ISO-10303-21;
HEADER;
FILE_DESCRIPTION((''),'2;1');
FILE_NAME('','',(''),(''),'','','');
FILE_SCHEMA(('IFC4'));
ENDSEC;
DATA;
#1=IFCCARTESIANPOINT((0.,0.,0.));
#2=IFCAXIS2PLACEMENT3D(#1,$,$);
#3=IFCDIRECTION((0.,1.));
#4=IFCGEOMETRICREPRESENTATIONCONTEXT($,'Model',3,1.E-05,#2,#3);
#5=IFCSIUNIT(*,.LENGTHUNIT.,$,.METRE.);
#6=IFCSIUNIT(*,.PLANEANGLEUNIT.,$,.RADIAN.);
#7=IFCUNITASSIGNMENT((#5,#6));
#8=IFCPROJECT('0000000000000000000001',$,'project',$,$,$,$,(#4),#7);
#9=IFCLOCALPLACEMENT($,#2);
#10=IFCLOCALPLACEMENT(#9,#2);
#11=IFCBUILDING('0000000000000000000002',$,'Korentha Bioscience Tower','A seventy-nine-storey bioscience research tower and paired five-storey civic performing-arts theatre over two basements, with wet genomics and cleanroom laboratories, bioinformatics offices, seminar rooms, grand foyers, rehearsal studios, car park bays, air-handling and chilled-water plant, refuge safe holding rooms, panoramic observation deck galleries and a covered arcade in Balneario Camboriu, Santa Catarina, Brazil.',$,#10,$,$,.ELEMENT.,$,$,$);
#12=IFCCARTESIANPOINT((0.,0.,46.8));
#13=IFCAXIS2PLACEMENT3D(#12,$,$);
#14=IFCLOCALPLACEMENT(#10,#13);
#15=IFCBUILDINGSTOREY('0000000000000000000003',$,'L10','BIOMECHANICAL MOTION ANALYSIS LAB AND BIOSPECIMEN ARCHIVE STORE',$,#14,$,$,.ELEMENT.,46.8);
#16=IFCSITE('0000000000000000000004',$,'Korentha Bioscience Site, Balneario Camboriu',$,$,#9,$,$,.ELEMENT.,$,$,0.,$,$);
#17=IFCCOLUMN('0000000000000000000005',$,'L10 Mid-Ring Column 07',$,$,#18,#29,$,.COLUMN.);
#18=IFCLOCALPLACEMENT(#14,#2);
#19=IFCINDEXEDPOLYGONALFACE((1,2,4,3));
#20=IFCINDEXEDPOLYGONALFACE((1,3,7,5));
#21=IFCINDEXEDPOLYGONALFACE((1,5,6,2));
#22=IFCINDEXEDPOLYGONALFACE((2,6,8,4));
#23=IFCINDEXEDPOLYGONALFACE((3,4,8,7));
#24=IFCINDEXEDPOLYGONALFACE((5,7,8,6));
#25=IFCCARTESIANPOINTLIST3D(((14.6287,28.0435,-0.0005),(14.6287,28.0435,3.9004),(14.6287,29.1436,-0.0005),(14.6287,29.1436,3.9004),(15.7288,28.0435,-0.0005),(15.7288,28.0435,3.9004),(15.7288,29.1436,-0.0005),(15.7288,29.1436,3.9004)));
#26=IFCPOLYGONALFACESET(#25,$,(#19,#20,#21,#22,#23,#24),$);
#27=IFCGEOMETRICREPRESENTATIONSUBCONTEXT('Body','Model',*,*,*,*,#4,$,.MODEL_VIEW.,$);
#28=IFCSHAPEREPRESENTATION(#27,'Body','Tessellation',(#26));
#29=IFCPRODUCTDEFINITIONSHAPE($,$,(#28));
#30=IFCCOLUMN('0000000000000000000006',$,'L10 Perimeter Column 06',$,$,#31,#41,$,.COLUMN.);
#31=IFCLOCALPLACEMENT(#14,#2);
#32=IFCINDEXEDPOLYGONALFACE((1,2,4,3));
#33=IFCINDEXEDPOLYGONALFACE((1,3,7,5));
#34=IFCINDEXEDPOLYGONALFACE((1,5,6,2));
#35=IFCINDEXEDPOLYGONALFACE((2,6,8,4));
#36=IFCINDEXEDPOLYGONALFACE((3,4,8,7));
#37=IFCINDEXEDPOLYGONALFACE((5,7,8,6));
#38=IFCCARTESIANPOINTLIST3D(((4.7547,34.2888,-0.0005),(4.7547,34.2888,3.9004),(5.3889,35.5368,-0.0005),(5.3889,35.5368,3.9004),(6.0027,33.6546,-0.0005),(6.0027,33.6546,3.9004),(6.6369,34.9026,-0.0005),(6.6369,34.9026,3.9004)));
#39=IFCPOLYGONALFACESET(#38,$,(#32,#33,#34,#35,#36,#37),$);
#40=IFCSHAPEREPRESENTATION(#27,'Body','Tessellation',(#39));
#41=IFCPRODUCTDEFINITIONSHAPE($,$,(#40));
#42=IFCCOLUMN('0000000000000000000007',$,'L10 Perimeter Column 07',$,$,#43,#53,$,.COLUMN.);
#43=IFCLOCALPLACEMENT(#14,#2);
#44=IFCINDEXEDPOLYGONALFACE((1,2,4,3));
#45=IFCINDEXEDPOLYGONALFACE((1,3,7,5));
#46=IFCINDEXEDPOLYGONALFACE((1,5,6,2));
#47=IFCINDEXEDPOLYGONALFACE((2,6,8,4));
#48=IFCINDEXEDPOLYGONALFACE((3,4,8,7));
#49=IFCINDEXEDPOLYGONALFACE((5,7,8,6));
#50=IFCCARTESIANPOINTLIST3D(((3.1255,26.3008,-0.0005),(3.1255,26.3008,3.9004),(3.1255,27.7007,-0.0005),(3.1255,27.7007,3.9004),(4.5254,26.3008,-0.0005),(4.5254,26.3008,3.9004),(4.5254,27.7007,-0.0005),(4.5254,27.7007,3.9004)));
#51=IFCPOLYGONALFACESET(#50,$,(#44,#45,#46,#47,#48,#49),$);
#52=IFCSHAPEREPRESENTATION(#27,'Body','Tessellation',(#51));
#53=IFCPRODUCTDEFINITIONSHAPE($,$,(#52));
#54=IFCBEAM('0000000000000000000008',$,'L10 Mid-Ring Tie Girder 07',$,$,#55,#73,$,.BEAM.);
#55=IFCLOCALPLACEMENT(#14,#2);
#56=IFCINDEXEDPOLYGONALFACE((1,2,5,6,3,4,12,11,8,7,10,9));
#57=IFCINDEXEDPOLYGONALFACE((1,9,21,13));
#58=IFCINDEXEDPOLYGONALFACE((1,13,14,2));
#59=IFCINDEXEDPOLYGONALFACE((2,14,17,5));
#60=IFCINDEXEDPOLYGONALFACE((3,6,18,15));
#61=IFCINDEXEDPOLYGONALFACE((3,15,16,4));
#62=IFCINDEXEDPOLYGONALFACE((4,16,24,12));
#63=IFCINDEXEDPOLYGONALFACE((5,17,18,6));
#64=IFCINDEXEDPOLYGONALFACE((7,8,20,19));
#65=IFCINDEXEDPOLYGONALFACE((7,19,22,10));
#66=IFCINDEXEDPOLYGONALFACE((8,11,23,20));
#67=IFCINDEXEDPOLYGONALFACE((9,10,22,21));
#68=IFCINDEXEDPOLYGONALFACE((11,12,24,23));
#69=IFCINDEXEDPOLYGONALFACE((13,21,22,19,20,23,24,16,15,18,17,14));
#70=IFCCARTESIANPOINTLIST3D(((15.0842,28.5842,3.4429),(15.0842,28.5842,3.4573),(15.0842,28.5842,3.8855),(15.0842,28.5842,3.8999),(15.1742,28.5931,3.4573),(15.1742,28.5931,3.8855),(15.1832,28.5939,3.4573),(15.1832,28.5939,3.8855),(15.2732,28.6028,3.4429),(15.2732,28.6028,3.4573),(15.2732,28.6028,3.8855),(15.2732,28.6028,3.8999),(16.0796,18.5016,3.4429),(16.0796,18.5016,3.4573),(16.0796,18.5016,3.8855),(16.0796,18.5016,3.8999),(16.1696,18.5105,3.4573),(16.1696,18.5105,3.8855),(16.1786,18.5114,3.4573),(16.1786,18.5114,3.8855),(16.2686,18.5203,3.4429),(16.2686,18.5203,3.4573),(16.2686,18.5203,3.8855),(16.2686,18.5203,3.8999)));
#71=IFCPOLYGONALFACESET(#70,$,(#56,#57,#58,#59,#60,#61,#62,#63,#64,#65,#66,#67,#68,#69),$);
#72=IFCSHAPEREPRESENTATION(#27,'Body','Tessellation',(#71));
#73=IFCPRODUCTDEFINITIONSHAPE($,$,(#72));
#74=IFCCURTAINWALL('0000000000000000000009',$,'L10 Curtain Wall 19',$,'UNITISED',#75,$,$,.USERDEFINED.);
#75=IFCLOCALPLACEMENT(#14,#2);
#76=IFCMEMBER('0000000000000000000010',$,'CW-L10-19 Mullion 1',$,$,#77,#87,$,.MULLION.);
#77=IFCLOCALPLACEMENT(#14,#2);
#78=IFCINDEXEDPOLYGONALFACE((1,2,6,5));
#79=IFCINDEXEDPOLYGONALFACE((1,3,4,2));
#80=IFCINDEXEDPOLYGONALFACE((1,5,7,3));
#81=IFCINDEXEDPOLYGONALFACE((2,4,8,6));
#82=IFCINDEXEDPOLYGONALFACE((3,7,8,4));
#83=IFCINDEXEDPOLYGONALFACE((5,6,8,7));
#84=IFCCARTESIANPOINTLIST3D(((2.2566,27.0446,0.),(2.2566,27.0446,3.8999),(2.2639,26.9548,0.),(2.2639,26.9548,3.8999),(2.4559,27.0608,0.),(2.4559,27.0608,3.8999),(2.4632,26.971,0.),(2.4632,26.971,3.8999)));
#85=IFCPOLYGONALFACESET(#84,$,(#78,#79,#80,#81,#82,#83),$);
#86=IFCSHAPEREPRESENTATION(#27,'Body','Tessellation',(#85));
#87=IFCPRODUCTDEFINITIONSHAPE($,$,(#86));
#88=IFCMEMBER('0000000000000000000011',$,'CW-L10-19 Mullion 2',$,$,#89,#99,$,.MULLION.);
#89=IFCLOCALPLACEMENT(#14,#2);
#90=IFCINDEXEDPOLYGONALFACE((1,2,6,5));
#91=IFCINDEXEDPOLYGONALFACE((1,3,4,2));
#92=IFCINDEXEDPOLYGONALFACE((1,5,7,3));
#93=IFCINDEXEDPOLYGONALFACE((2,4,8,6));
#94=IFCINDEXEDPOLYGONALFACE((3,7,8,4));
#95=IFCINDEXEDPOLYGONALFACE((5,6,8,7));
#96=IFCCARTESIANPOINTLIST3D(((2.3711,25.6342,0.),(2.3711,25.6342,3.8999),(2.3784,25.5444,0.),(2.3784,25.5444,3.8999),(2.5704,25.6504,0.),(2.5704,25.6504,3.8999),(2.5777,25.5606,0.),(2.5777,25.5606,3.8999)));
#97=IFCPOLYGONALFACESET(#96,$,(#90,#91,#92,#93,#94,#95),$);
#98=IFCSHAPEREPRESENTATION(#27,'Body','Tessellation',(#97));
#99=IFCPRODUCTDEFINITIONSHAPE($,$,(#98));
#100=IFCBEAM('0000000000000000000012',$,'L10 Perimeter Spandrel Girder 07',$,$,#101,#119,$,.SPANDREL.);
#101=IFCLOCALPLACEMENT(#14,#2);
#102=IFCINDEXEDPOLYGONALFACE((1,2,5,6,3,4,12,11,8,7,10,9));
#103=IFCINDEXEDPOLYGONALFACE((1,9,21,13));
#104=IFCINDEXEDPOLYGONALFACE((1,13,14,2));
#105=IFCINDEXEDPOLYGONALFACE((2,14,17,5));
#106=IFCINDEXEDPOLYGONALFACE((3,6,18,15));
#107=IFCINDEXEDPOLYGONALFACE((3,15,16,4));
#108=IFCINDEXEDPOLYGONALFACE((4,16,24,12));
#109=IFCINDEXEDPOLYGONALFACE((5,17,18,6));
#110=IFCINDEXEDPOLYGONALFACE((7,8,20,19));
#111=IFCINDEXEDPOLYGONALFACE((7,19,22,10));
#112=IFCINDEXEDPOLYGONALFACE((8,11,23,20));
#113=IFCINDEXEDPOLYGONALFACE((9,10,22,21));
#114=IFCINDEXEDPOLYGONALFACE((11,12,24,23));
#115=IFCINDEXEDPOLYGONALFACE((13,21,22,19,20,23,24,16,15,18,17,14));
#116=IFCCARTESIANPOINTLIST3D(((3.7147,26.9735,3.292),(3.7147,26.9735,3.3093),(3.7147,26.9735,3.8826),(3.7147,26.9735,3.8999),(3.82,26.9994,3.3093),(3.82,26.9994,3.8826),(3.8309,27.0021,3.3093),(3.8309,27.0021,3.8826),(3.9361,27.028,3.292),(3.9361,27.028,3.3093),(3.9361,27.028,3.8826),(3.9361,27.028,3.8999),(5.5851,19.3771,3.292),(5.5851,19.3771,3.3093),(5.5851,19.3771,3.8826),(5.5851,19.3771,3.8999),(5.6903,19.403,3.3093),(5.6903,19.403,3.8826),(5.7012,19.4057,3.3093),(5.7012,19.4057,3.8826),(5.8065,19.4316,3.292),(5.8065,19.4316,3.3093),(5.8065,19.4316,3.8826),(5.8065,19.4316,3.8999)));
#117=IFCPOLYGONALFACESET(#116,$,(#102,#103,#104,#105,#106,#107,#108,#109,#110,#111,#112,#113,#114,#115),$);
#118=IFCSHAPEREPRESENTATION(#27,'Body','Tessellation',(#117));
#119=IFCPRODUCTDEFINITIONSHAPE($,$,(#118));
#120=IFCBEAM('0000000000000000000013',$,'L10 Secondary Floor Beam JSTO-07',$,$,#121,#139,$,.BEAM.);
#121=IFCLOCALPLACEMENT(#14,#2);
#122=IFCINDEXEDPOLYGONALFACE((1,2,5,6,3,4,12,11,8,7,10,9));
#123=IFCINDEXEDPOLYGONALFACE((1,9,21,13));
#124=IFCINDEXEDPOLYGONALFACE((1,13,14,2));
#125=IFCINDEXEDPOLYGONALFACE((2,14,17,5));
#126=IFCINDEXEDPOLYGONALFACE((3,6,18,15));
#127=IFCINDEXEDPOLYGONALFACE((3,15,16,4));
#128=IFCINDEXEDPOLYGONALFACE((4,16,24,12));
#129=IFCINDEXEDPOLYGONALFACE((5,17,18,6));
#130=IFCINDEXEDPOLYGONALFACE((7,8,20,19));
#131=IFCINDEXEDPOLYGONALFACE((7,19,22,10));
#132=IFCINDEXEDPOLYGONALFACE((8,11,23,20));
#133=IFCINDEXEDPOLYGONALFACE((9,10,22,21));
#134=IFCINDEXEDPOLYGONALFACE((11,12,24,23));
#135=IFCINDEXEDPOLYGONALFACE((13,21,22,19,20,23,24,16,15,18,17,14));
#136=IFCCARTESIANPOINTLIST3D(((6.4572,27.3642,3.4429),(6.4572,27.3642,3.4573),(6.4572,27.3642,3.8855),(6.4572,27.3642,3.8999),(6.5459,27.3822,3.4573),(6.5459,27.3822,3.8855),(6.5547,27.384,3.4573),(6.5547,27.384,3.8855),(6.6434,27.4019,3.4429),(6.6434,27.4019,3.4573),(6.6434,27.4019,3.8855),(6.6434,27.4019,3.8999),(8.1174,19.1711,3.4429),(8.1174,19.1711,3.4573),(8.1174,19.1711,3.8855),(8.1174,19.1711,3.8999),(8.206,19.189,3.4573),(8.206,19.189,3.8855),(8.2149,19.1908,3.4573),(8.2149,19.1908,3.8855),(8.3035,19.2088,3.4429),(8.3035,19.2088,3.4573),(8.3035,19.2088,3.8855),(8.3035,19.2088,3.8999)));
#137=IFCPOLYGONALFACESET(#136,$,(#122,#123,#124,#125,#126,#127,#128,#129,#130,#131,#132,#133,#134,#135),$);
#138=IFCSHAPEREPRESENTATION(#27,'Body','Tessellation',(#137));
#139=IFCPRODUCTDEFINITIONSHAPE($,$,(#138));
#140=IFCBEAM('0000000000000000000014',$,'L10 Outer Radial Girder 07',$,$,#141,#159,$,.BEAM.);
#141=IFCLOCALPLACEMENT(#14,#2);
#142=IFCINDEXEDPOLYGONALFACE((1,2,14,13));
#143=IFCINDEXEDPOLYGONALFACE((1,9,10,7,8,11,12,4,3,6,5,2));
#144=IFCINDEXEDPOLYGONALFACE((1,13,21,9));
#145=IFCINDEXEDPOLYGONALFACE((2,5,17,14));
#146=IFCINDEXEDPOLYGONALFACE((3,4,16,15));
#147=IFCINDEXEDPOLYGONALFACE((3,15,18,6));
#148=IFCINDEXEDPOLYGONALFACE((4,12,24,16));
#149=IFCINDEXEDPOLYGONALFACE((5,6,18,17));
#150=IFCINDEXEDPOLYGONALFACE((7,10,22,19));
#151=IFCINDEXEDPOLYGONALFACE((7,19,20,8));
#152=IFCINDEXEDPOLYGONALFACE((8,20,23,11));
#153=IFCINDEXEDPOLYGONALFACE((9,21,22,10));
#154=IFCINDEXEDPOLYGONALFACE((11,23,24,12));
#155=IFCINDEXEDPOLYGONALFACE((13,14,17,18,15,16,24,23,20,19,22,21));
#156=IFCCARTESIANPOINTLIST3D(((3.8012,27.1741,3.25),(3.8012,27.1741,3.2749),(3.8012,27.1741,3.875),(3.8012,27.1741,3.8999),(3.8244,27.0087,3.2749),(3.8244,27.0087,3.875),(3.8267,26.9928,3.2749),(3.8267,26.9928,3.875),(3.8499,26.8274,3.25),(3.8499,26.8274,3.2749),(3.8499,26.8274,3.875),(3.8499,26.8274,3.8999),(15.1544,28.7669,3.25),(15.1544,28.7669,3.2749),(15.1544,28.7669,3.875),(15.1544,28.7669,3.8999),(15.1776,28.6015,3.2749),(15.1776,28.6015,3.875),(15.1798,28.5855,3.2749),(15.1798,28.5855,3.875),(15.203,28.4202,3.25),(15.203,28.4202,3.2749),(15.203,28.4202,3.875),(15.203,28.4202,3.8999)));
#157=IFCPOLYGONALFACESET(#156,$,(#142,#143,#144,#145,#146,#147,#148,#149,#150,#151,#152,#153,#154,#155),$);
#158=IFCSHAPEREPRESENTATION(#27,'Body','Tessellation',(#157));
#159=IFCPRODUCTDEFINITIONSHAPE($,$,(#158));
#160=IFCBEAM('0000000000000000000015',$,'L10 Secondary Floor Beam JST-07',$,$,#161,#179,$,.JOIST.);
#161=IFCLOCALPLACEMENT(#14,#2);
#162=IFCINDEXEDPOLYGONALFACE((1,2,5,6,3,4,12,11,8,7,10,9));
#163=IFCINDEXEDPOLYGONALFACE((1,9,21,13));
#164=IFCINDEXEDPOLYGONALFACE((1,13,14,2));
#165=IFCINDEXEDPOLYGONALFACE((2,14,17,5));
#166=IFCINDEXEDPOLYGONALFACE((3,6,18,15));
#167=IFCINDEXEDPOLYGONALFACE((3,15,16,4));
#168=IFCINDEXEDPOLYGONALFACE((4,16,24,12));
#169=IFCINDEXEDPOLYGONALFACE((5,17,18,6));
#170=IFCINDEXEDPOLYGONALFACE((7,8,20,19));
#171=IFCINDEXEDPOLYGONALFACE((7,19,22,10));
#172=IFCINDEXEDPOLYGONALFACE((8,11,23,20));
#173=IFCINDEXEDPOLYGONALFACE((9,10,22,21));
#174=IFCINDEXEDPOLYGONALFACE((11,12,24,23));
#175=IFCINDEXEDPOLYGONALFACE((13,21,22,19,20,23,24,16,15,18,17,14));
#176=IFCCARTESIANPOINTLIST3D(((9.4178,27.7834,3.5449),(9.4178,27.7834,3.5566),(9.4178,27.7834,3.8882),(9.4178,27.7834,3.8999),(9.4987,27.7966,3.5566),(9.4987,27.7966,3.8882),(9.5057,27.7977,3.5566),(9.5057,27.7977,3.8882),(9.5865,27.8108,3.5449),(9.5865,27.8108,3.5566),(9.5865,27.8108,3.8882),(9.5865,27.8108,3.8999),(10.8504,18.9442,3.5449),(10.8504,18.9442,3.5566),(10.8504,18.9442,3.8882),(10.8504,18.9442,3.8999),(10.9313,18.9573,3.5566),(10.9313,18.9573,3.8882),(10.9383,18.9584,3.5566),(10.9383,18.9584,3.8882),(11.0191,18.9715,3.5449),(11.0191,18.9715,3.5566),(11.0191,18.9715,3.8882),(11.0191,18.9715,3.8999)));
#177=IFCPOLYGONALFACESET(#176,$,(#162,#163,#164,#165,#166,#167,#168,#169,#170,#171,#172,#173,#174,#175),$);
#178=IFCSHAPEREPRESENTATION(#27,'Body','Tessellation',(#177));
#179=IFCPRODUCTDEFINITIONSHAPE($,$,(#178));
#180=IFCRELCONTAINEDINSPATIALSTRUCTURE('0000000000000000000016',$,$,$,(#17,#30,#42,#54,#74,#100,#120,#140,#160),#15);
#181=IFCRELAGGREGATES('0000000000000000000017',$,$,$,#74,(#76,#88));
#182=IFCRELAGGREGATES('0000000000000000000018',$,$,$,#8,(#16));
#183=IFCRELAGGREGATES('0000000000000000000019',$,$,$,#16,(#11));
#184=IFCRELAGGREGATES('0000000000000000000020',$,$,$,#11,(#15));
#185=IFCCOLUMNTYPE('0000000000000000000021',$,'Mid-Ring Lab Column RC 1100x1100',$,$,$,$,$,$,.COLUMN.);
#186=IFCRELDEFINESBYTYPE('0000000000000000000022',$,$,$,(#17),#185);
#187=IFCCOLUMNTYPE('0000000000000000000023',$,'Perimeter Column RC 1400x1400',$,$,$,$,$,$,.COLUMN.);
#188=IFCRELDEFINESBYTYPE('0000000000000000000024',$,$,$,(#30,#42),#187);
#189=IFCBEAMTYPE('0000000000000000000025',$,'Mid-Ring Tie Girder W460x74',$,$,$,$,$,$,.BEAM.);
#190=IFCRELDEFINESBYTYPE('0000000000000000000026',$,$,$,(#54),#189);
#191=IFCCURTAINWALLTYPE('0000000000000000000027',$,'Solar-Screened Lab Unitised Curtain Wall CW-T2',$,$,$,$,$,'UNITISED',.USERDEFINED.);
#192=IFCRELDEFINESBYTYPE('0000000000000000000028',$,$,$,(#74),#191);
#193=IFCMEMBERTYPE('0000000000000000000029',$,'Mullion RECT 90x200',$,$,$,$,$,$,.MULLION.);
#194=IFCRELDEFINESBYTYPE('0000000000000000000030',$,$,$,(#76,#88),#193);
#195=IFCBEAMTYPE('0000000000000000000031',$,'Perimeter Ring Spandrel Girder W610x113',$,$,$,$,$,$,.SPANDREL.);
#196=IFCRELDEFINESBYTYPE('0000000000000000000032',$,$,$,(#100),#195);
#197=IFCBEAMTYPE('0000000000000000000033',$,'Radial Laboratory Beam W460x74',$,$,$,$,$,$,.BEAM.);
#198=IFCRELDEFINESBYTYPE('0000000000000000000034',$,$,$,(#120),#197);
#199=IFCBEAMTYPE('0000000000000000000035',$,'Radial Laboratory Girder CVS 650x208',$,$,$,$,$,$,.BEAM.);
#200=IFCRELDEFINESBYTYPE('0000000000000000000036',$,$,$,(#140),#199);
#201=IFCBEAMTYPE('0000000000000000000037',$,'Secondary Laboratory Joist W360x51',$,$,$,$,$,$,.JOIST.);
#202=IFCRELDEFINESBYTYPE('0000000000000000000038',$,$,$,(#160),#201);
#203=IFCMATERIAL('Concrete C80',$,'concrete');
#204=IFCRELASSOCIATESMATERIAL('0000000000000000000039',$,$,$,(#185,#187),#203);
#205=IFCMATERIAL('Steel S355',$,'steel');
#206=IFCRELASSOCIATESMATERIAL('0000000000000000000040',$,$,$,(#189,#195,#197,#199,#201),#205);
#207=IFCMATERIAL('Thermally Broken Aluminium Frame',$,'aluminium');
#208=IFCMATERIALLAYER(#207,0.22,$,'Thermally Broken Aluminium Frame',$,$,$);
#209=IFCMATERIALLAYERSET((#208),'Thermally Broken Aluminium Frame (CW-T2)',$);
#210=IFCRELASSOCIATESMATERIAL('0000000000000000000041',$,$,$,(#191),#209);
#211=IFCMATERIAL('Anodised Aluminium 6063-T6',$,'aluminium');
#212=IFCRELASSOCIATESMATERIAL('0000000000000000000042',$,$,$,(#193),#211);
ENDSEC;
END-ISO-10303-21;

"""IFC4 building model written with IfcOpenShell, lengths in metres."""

from ifc_helpers import new_model, si_unit, direction, frame, origin, origin_2d, place, context, subcontext, project, spatial, rectangle, i_section, extrude, material, layer, layer_set, material_profile, profile_set, type_object, element, aggregate, save


model = new_model("IFC4")

# Units and contexts
model_context = context("Model", 3, precision=1e-05, world=origin(), true_north=direction((0.0, 1.0)))
body_context = subcontext(model_context, "Body", "Model", "MODEL_VIEW")
ifc_project = project(units=[si_unit("LENGTHUNIT", "METRE"), si_unit("PLANEANGLEUNIT", "RADIAN")], contexts=[model_context])

# Site, building, storey
site_placement = place(None, origin())
site = spatial("IfcSite", under=ifc_project, at=site_placement, Name="Korentha Bioscience Site, Balneario Camboriu", CompositionType="ELEMENT", RefElevation=0.0)
building_placement = place(site_placement, origin())
building = spatial("IfcBuilding", under=site, at=building_placement, Name="Korentha Bioscience Tower", Description="A seventy-nine-storey bioscience research tower and paired five-storey civic performing-arts theatre over two basements, with wet genomics and cleanroom laboratories, bioinformatics offices, seminar rooms, grand foyers, rehearsal studios, car park bays, air-handling and chilled-water plant, refuge safe holding rooms, panoramic observation deck galleries and a covered arcade in Balneario Camboriu, Santa Catarina, Brazil.", CompositionType="ELEMENT")
storey_placement = place(building_placement, frame((0.0, 0.0, 46.8)))
storey = spatial("IfcBuildingStorey", under=building, at=storey_placement, Name="L10", Description="BIOMECHANICAL MOTION ANALYSIS LAB AND BIOSPECIMEN ARCHIVE STORE", CompositionType="ELEMENT", Elevation=46.8)

# Columns
ifc_material_1 = material(Name="Concrete C80", Category="concrete")
ifc_material_profile_1 = material_profile(ifc_material_1, rectangle(XDim=1.1001, YDim=1.1001, at=origin_2d()), Name="Concrete C80")
ifc_profile_set_1 = profile_set([ifc_material_profile_1], Name="Concrete C80 (COL-MR11)")
column_type_1 = type_object("IfcColumnType", Name="Mid-Ring Lab Column RC 1100x1100", PredefinedType="COLUMN", material=ifc_profile_set_1)
column_placement = place(storey_placement, frame((15.1787, 28.5935, -0.0005), z_axis=(0.0, 0.0, 1.0), x_axis=(1.0, 0.0, 0.0)))
element("IfcColumn", 1, at=column_placement, inside=storey, type_object=column_type_1, Name="L10 Mid-Ring Column 07", PredefinedType="COLUMN", context=body_context, shape_type="SweptSolid", body=[
    extrude(rectangle(XDim=1.1001, YDim=1.1001, at=origin_2d()), origin(), (0.0, 0.0, 1.0), 3.9009),
])
ifc_material_profile_2 = material_profile(ifc_material_1, rectangle(XDim=1.3999, YDim=1.3999, at=origin_2d()), Name="Concrete C80")
ifc_profile_set_2 = profile_set([ifc_material_profile_2], Name="Concrete C80 (COL-P14)")
column_type_2 = type_object("IfcColumnType", Name="Perimeter Column RC 1400x1400", PredefinedType="COLUMN", material=ifc_profile_set_2)
for number, where, z_axis, x_axis, name in (
    (2, (5.6958, 34.5957, -0.0005), (0.0, 0.0, 1.0), (0.453057, 0.891481, 0.0), "L10 Perimeter Column 06"),
    (3, (3.8254, 27.0007, -0.0005), (0.0, 0.0, 1.0), (0.0, 1.0, 0.0), "L10 Perimeter Column 07"),
):
    element("IfcColumn", number, at=place(storey_placement, frame(where, z_axis=z_axis, x_axis=x_axis)), inside=storey, type_object=column_type_2, Name=name, PredefinedType="COLUMN", context=body_context, shape_type="SweptSolid", body=[
        extrude(rectangle(XDim=1.3999, YDim=1.3999, at=origin_2d()), origin(), (0.0, 0.0, 1.0), 3.9009),
    ])

# Beam
ifc_material_2 = material(Name="Steel S355", Category="steel")
ifc_material_profile_3 = material_profile(ifc_material_2, i_section(OverallWidth=0.1899, OverallDepth=0.457, WebThickness=0.009, FlangeThickness=0.0144, at=origin_2d()), Name="Steel S355")
ifc_profile_set_3 = profile_set([ifc_material_profile_3], Name="Steel S355 (MB-460)")
beam_type_1 = type_object("IfcBeamType", Name="Mid-Ring Tie Girder W460x74", PredefinedType="BEAM", material=ifc_profile_set_3)
beam_1_placement = place(storey_placement, frame((15.1787, 28.5935, 3.6714), z_axis=(0.098244, -0.995162, 0.0), x_axis=(0.995162, 0.098244, 0.0)))
element("IfcBeam", 4, at=beam_1_placement, inside=storey, type_object=beam_type_1, Name="L10 Mid-Ring Tie Girder 07", PredefinedType="BEAM", context=body_context, shape_type="SweptSolid", body=[
    extrude(i_section(OverallWidth=0.1899, OverallDepth=0.457, WebThickness=0.009, FlangeThickness=0.0144, at=origin_2d()), origin(), (0.0, 0.0, 1.0), 10.1316),
])

# Curtain wall, members
ifc_material_3 = material(Name="Thermally Broken Aluminium Frame", Category="aluminium")
ifc_layer_1 = layer(ifc_material_3, 0.22, Name="Thermally Broken Aluminium Frame")
ifc_layer_set_1 = layer_set([ifc_layer_1], Name="Thermally Broken Aluminium Frame (CW-T2)")
curtain_wall_type = type_object("IfcCurtainWallType", Name="Solar-Screened Lab Unitised Curtain Wall CW-T2", ElementType="UNITISED", PredefinedType="USERDEFINED", material=ifc_layer_set_1)
curtain_wall_placement = place(storey_placement, origin())
curtain_wall = element("IfcCurtainWall", 5, at=curtain_wall_placement, inside=storey, type_object=curtain_wall_type, Name="L10 Curtain Wall 19", ObjectType="UNITISED", PredefinedType="USERDEFINED")
ifc_material_4 = material(Name="Anodised Aluminium 6063-T6", Category="aluminium")
ifc_material_profile_4 = material_profile(ifc_material_4, rectangle(XDim=0.0901, YDim=0.2, at=origin_2d()), Name="Anodised Aluminium 6063-T6")
ifc_profile_set_4 = profile_set([ifc_material_profile_4], Name="Anodised Aluminium 6063-T6 (CW-MUL)")
member_type_1 = type_object("IfcMemberType", Name="Mullion RECT 90x200", PredefinedType="MULLION", material=ifc_profile_set_4)
member_1_placement = place(storey_placement, frame((2.3599, 27.0078, 0.0), z_axis=(0.0, 0.0, 1.0), x_axis=(0.08082, -0.996729, 0.0)))
member_1 = element("IfcMember", 6, at=member_1_placement, type_object=member_type_1, Name="CW-L10-19 Mullion 1", PredefinedType="MULLION", context=body_context, shape_type="SweptSolid", body=[
    extrude(rectangle(XDim=0.0901, YDim=0.2, at=origin_2d()), origin(), (0.0, 0.0, 1.0), 3.8999),
])
member_2_placement = place(storey_placement, frame((2.4744, 25.5974, 0.0), z_axis=(0.0, 0.0, 1.0), x_axis=(0.08082, -0.996729, 0.0)))
member_2 = element("IfcMember", 7, at=member_2_placement, type_object=member_type_1, Name="CW-L10-19 Mullion 2", PredefinedType="MULLION", context=body_context, shape_type="SweptSolid", body=[
    extrude(rectangle(XDim=0.0901, YDim=0.2, at=origin_2d()), origin(), (0.0, 0.0, 1.0), 3.8999),
])

# Beams
ifc_material_profile_5 = material_profile(ifc_material_2, i_section(OverallWidth=0.228, OverallDepth=0.6079, WebThickness=0.0112, FlangeThickness=0.0173, at=origin_2d()), Name="Steel S355")
ifc_profile_set_5 = profile_set([ifc_material_profile_5], Name="Steel S355 (SB-610)")
beam_type_2 = type_object("IfcBeamType", Name="Perimeter Ring Spandrel Girder W610x113", PredefinedType="SPANDREL", material=ifc_profile_set_5)
beam_2_placement = place(storey_placement, frame((3.8254, 27.0007, 3.5959), z_axis=(0.239076, -0.971001, 0.0), x_axis=(0.971001, 0.239076, 0.0)))
element("IfcBeam", 8, at=beam_2_placement, inside=storey, type_object=beam_type_2, Name="L10 Perimeter Spandrel Girder 07", PredefinedType="SPANDREL", context=body_context, shape_type="SweptSolid", body=[
    extrude(i_section(OverallWidth=0.228, OverallDepth=0.6079, WebThickness=0.0112, FlangeThickness=0.0173, at=origin_2d()), origin(), (0.0, 0.0, 1.0), 7.8232),
])
ifc_material_profile_6 = material_profile(ifc_material_2, i_section(OverallWidth=0.1899, OverallDepth=0.457, WebThickness=0.009, FlangeThickness=0.0144, at=origin_2d()), Name="Steel S355")
ifc_profile_set_6 = profile_set([ifc_material_profile_6], Name="Steel S355 (RB-460)")
beam_type_3 = type_object("IfcBeamType", Name="Radial Laboratory Beam W460x74", PredefinedType="BEAM", material=ifc_profile_set_6)
beam_3_placement = place(storey_placement, frame((6.5503, 27.3831, 3.6714), z_axis=(0.198592, -0.980082, 0.0), x_axis=(0.980082, 0.198592, 0.0)))
element("IfcBeam", 9, at=beam_3_placement, inside=storey, type_object=beam_type_3, Name="L10 Secondary Floor Beam JSTO-07", PredefinedType="BEAM", context=body_context, shape_type="SweptSolid", body=[
    extrude(i_section(OverallWidth=0.1899, OverallDepth=0.457, WebThickness=0.009, FlangeThickness=0.0144, at=origin_2d()), origin(), (0.0, 0.0, 1.0), 8.3596),
])
ifc_material_profile_7 = material_profile(ifc_material_2, i_section(OverallWidth=0.3501, OverallDepth=0.6499, WebThickness=0.0161, FlangeThickness=0.0249, at=origin_2d()), Name="Steel S355")
ifc_profile_set_7 = profile_set([ifc_material_profile_7], Name="Steel S355 (RB-650)")
beam_type_4 = type_object("IfcBeamType", Name="Radial Laboratory Girder CVS 650x208", PredefinedType="BEAM", material=ifc_profile_set_7)
beam_4_placement = place(storey_placement, frame((15.1787, 28.5935, 3.575), z_axis=(-0.990302, -0.138931, 0.0), x_axis=(0.138931, -0.990302, 0.0)))
element("IfcBeam", 10, at=beam_4_placement, inside=storey, type_object=beam_type_4, Name="L10 Outer Radial Girder 07", PredefinedType="BEAM", context=body_context, shape_type="SweptSolid", body=[
    extrude(i_section(OverallWidth=0.3501, OverallDepth=0.6499, WebThickness=0.0161, FlangeThickness=0.0249, at=origin_2d()), origin(), (0.0, 0.0, 1.0), 11.4644),
])
ifc_material_profile_8 = material_profile(ifc_material_2, i_section(OverallWidth=0.1709, OverallDepth=0.355, WebThickness=0.0071, FlangeThickness=0.0117, at=origin_2d()), Name="Steel S355")
ifc_profile_set_8 = profile_set([ifc_material_profile_8], Name="Steel S355 (JB-360)")
beam_type_5 = type_object("IfcBeamType", Name="Secondary Laboratory Joist W360x51", PredefinedType="JOIST", material=ifc_profile_set_8)
beam_5_placement = place(storey_placement, frame((9.5022, 27.7971, 3.7224), z_axis=(0.159985, -0.987119, 0.0), x_axis=(0.987119, 0.159985, 0.0)))
element("IfcBeam", 11, at=beam_5_placement, inside=storey, type_object=beam_type_5, Name="L10 Secondary Floor Beam JST-07", PredefinedType="JOIST", context=body_context, shape_type="SweptSolid", body=[
    extrude(i_section(OverallWidth=0.1709, OverallDepth=0.355, WebThickness=0.0071, FlangeThickness=0.0117, at=origin_2d()), origin(), (0.0, 0.0, 1.0), 8.9546),
])

aggregate(curtain_wall, [member_1, member_2])

save(model, "model.ifc")
